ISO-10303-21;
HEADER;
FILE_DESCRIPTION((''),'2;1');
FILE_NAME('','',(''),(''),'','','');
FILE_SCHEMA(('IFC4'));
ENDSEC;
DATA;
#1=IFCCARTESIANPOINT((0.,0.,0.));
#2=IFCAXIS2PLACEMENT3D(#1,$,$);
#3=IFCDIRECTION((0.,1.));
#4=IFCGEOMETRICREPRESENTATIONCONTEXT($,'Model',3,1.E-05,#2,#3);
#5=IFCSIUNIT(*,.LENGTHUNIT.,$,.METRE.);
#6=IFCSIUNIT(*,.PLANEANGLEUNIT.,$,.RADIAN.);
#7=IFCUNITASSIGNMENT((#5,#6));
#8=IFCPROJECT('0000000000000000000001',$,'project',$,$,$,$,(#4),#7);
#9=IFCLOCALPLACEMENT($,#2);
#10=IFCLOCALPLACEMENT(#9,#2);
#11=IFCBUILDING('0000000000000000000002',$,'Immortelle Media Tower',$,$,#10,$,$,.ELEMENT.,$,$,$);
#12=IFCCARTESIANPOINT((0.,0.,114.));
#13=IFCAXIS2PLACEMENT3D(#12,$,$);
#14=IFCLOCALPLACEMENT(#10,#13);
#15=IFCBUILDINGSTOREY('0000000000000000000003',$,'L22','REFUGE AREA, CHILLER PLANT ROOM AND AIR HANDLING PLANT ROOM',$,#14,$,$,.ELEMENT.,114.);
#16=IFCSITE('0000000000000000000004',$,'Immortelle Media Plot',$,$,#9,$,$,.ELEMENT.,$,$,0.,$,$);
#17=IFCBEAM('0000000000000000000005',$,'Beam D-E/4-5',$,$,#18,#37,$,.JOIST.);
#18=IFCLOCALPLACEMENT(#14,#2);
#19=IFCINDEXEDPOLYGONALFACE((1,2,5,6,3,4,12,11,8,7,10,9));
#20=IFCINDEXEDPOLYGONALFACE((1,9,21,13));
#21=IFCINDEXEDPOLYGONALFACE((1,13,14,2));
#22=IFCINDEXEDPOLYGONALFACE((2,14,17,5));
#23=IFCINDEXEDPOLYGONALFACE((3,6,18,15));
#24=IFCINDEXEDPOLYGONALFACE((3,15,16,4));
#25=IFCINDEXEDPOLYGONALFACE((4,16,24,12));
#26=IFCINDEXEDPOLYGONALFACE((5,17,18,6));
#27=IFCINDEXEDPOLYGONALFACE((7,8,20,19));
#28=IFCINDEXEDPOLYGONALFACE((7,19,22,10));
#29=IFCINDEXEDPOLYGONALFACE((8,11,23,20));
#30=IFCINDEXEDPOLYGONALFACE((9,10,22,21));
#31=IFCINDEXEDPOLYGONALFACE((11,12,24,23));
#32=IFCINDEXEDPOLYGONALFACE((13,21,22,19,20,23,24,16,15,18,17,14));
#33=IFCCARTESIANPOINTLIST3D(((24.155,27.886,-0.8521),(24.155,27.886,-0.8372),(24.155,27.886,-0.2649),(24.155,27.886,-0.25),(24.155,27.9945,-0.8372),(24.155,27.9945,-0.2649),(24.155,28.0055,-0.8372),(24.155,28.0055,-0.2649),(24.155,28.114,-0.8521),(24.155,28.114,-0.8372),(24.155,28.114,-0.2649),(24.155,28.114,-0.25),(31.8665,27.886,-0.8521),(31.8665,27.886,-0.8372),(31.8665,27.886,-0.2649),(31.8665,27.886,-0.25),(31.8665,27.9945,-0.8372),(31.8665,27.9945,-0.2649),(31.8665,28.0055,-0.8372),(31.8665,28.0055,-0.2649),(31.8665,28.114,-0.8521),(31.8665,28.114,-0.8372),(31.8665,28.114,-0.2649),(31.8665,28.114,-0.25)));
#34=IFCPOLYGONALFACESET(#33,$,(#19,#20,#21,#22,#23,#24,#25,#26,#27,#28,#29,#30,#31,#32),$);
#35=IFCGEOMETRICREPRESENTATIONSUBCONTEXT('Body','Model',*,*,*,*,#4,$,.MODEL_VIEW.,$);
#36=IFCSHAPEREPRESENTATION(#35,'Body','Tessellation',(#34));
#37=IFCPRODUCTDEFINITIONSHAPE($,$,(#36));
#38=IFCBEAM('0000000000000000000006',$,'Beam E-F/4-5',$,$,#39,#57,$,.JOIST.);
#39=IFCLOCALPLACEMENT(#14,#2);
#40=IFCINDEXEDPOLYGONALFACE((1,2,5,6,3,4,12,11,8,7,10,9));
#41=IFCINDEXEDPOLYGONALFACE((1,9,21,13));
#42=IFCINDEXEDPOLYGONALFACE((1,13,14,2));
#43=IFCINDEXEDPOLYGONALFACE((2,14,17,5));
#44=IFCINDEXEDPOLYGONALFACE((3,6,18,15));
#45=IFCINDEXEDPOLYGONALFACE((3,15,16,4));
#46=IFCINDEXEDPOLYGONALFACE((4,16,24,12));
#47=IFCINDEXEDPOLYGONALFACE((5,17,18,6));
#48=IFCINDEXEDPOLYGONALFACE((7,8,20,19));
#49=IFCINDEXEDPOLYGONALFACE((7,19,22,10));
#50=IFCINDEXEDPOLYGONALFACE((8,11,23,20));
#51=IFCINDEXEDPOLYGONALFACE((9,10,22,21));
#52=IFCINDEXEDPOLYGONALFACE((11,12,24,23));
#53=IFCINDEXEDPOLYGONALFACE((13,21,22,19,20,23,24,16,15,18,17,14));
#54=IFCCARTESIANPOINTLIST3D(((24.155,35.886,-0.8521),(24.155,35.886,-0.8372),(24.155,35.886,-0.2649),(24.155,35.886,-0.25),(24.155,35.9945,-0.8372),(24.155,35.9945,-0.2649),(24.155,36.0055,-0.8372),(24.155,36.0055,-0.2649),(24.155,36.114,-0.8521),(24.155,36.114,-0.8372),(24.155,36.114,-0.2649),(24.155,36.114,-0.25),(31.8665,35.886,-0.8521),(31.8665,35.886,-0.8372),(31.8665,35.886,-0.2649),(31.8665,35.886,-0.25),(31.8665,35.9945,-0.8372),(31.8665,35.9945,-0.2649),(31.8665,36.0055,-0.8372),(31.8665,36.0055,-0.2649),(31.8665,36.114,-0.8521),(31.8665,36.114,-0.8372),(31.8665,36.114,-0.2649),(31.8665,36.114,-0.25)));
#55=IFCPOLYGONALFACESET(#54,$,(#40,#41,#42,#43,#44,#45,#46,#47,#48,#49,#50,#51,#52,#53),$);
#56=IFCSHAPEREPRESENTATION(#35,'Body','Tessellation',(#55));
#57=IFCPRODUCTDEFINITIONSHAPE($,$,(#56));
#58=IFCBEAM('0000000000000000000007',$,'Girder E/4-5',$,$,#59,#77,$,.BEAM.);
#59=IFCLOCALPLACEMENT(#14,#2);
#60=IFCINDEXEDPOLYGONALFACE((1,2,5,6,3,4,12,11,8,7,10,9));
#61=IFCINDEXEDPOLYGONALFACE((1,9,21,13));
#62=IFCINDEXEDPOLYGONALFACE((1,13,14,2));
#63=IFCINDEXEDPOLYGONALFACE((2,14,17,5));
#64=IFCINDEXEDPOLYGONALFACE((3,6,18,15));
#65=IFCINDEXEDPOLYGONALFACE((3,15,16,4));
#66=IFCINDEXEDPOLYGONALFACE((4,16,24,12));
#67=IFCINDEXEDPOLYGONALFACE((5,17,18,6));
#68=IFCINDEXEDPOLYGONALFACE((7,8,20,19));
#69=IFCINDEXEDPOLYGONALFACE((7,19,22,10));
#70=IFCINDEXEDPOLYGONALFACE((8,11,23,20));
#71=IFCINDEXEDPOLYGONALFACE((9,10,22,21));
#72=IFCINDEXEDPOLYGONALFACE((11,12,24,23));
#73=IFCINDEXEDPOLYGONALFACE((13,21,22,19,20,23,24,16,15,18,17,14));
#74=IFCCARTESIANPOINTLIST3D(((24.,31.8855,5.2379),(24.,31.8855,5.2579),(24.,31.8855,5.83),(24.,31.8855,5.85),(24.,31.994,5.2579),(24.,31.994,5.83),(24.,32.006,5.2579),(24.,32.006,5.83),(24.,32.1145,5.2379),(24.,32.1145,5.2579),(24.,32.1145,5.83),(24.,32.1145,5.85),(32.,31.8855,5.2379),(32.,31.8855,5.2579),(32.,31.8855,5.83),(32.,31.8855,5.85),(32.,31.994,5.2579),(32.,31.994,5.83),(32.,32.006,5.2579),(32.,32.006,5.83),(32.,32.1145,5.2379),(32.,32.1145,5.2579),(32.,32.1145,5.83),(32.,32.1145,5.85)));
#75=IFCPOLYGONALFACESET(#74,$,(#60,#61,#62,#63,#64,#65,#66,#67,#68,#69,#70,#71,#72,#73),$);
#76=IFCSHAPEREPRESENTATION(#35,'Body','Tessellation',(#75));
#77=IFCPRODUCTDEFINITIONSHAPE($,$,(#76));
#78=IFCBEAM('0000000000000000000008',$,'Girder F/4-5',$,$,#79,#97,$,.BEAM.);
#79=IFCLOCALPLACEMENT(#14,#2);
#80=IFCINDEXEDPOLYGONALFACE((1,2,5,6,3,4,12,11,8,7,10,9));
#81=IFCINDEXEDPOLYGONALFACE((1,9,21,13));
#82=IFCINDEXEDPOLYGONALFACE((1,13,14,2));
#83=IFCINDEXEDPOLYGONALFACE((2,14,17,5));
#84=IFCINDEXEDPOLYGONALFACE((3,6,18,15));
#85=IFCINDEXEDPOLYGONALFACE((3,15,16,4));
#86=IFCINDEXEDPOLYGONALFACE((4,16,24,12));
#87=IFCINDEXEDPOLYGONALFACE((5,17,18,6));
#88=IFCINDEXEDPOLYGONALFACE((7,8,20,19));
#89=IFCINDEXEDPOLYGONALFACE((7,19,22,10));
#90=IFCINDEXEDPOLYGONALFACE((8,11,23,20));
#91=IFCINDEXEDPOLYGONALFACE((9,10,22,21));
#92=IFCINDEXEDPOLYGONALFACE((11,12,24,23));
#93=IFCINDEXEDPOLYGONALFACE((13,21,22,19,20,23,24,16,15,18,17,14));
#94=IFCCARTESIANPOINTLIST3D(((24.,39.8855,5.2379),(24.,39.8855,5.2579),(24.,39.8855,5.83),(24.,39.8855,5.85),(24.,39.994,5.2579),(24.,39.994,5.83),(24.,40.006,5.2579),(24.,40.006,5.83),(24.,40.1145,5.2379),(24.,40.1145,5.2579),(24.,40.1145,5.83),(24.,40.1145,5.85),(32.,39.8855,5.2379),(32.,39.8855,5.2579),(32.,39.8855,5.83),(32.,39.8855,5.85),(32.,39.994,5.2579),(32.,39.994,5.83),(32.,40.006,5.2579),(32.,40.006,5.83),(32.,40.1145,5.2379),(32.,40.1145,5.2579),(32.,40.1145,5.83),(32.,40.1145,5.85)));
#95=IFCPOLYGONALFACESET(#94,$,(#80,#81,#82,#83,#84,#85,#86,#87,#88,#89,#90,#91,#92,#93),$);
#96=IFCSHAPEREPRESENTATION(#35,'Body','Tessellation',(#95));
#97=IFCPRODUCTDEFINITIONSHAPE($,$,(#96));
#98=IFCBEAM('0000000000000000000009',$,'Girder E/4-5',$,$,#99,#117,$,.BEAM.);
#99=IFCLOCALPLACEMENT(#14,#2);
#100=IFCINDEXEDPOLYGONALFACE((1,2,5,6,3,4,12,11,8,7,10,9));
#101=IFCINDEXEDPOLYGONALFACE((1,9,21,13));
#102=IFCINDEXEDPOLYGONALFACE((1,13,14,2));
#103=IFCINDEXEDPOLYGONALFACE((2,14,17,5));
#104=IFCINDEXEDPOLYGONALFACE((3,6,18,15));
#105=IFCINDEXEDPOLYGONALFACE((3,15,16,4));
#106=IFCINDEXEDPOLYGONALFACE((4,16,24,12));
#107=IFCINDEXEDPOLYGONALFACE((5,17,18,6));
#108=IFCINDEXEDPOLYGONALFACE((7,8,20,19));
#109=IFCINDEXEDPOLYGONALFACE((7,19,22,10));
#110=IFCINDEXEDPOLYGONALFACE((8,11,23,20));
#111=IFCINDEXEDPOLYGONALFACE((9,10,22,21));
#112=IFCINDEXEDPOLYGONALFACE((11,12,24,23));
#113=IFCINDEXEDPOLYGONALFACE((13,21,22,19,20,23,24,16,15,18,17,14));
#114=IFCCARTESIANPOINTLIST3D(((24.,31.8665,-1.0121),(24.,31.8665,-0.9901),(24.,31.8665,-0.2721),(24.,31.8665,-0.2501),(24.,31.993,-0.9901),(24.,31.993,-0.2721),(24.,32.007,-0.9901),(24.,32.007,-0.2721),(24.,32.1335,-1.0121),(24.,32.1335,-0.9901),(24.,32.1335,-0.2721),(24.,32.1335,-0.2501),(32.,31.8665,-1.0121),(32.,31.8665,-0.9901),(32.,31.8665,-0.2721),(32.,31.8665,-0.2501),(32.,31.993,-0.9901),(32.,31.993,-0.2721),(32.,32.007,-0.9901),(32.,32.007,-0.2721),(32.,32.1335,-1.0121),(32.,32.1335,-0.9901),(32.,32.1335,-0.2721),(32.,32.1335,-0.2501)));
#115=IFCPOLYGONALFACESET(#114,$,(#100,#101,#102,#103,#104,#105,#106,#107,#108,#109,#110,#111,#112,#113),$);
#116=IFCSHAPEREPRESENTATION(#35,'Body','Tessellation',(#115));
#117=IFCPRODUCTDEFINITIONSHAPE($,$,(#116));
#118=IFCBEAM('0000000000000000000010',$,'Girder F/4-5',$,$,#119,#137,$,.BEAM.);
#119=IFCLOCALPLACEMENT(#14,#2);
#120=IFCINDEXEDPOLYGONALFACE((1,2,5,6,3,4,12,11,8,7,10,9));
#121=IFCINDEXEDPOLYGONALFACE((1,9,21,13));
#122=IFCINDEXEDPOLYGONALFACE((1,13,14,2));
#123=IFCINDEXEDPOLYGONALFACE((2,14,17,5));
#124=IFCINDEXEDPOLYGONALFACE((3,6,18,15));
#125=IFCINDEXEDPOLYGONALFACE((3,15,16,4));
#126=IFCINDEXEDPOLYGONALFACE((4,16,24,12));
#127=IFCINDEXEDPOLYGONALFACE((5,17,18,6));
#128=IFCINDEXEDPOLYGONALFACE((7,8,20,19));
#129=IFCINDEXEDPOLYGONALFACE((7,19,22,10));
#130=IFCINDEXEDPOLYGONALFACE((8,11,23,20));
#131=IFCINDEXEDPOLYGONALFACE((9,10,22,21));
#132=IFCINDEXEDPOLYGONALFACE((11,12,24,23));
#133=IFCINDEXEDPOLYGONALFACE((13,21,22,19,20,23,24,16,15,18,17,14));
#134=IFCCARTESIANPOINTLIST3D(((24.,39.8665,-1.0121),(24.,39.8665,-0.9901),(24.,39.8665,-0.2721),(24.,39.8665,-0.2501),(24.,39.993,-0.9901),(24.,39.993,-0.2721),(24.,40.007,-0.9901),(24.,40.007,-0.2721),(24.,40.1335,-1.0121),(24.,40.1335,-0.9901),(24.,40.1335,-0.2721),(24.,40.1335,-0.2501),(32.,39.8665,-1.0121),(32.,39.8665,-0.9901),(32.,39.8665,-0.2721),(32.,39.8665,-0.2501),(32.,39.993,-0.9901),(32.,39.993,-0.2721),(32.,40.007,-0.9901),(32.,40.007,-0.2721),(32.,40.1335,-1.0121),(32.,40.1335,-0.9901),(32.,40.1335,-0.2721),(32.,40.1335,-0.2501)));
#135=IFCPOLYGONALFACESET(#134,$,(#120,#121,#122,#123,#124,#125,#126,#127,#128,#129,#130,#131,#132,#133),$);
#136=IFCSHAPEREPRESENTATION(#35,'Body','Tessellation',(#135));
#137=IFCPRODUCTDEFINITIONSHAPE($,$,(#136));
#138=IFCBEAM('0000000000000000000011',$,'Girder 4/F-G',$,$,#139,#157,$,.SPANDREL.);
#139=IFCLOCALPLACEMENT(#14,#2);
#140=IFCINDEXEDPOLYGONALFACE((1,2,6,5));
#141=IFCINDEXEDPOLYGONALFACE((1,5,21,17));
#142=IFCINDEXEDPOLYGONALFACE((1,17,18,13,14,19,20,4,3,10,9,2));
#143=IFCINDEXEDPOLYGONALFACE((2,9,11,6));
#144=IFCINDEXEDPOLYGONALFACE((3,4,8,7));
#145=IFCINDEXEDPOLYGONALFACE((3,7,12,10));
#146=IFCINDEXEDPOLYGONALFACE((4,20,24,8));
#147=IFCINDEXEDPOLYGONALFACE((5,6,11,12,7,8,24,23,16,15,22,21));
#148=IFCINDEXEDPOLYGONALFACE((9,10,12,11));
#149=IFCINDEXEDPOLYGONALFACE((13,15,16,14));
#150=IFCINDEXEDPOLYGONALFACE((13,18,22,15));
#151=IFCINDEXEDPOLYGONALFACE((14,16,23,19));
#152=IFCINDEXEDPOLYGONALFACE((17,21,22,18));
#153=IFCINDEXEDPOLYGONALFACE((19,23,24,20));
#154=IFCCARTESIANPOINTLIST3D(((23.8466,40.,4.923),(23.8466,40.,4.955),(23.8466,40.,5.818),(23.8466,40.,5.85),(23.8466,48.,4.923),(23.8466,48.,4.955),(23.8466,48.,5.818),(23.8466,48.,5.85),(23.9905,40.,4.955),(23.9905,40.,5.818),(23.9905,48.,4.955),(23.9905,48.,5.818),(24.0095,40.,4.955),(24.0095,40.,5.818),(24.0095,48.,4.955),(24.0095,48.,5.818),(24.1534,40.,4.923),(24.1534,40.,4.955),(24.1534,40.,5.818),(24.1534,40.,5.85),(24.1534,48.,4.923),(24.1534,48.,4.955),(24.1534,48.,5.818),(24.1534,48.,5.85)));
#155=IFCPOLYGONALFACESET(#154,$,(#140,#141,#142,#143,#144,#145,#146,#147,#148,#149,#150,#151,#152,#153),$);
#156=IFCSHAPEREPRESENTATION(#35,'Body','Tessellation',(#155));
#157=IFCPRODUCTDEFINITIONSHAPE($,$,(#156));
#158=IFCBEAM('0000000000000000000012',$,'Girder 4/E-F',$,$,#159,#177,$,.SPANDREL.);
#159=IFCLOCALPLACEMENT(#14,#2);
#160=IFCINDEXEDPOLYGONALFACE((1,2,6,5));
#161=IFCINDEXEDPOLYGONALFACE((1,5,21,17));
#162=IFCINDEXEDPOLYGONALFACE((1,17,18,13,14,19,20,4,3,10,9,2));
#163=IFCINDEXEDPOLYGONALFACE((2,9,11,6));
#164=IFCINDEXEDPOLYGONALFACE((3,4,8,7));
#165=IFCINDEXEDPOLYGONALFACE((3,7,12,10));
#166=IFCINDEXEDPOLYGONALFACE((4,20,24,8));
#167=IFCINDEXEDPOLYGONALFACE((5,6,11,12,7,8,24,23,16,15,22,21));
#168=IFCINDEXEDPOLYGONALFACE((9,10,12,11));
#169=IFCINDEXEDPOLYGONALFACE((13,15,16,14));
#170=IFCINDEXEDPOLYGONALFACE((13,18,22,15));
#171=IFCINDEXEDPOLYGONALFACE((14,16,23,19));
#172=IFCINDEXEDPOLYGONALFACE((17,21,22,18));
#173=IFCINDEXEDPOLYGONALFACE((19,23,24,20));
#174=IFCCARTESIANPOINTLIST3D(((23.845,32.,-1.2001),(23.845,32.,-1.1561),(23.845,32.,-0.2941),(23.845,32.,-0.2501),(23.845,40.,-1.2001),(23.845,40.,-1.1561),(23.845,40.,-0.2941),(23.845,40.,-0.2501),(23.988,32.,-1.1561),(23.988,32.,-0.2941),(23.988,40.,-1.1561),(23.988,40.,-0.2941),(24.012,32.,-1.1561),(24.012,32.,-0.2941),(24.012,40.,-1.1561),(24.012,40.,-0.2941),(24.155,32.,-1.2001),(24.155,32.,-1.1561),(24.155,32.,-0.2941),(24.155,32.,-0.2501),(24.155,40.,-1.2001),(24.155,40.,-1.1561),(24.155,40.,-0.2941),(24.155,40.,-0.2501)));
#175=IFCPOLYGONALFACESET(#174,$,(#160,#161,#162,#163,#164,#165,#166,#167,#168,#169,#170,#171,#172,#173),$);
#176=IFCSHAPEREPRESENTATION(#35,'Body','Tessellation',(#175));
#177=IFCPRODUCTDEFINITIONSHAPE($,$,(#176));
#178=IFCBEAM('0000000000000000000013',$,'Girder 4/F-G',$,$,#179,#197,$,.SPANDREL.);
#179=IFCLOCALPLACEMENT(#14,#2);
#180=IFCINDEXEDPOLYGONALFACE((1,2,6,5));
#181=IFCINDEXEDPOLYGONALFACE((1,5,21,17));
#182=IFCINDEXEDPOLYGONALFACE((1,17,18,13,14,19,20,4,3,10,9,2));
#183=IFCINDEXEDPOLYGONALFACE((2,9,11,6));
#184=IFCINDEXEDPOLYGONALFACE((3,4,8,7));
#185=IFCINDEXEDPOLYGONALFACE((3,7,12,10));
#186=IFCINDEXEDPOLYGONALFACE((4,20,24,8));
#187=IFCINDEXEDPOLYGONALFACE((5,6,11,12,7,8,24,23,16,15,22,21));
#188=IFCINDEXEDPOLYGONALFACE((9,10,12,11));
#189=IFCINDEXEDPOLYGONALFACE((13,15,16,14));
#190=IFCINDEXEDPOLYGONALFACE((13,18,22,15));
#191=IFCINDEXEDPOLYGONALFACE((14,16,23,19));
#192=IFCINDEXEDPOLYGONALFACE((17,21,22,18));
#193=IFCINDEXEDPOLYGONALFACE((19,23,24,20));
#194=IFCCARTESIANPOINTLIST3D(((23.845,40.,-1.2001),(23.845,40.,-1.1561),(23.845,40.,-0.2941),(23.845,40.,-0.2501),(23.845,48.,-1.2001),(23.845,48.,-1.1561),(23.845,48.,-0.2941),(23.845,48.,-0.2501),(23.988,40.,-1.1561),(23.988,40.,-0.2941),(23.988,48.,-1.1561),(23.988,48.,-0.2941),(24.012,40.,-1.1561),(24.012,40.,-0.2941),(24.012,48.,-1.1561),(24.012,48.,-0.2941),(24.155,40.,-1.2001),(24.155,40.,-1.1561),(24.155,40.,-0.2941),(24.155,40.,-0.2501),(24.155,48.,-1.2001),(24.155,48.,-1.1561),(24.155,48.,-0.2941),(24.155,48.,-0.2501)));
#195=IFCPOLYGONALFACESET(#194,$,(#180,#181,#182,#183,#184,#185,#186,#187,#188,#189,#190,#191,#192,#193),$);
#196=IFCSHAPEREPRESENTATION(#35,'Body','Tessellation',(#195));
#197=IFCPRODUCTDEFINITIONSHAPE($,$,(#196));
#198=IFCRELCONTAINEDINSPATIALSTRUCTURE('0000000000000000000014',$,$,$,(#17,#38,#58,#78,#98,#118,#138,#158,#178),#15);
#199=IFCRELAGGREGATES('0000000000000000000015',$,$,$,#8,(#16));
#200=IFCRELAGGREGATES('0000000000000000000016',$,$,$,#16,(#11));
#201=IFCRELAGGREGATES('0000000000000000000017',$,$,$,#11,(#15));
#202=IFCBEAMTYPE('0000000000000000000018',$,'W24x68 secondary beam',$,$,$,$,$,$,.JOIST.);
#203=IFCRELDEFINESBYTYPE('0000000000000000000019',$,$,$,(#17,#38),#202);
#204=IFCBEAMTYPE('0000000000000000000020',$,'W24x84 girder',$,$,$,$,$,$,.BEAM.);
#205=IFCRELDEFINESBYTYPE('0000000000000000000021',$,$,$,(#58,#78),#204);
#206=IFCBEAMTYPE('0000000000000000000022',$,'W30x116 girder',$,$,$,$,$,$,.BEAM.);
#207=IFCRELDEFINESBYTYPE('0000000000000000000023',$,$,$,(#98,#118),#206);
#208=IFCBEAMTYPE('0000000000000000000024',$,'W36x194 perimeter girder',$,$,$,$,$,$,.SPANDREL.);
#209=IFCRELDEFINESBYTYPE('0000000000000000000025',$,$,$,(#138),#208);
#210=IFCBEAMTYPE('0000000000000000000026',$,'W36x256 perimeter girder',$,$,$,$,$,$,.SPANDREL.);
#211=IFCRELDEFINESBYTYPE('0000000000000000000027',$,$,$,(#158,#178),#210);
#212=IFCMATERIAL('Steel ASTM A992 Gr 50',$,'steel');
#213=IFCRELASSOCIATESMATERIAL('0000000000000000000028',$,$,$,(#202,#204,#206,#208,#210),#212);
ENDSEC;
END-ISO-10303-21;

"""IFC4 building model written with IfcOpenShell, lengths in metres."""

from ifc_helpers import new_model, si_unit, direction, frame, origin, origin_2d, place, context, subcontext, project, spatial, i_section, extrude, material, material_profile, profile_set, type_object, element, save


model = new_model("IFC4")

# Units and contexts
model_context = context("Model", 3, precision=1e-05, world=origin(), true_north=direction((0.0, 1.0)))
body_context = subcontext(model_context, "Body", "Model", "MODEL_VIEW")
ifc_project = project(units=[si_unit("LENGTHUNIT", "METRE"), si_unit("PLANEANGLEUNIT", "RADIAN")], contexts=[model_context])

# Site, building, storey
site_placement = place(None, origin())
site = spatial("IfcSite", under=ifc_project, at=site_placement, Name="Immortelle Media Plot", CompositionType="ELEMENT", RefElevation=0.0)
building_placement = place(site_placement, origin())
building = spatial("IfcBuilding", under=site, at=building_placement, Name="Immortelle Media Tower", CompositionType="ELEMENT")
storey_placement = place(building_placement, frame((0.0, 0.0, 114.0)))
storey = spatial("IfcBuildingStorey", under=building, at=storey_placement, Name="L22", Description="REFUGE AREA, CHILLER PLANT ROOM AND AIR HANDLING PLANT ROOM", CompositionType="ELEMENT", Elevation=114.0)

# Shared definitions
ifc_material_1 = material(Name="Steel ASTM A992 Gr 50", Category="steel")

# Beams
ifc_material_profile_1 = material_profile(ifc_material_1, i_section(OverallWidth=0.228, OverallDepth=0.6021, WebThickness=0.011, FlangeThickness=0.0149, at=origin_2d()), Name="W24x68")
ifc_profile_set_1 = profile_set([ifc_material_profile_1], Name="Steel ASTM A992 Gr 50")
beam_type_1 = type_object("IfcBeamType", Name="W24x68 secondary beam", PredefinedType="JOIST", material=ifc_profile_set_1)
for number, where, z_axis, x_axis, name in (
    (1, (24.155, 28.0, -0.551), (1.0, 0.0, 0.0), (0.0, 1.0, 0.0), "Beam D-E/4-5"),
    (2, (24.155, 36.0, -0.551), (1.0, 0.0, 0.0), (0.0, 1.0, 0.0), "Beam E-F/4-5"),
):
    element("IfcBeam", number, at=place(storey_placement, frame(where, z_axis=z_axis, x_axis=x_axis)), inside=storey, type_object=beam_type_1, Name=name, PredefinedType="JOIST", context=body_context, shape_type="SweptSolid", body=[
        extrude(i_section(OverallWidth=0.228, OverallDepth=0.6021, WebThickness=0.011, FlangeThickness=0.0149, at=origin_2d()), origin(), (0.0, 0.0, 1.0), 7.7114),
    ])
ifc_material_profile_2 = material_profile(ifc_material_1, i_section(OverallWidth=0.229, OverallDepth=0.6121, WebThickness=0.012, FlangeThickness=0.02, at=origin_2d()), Name="W24x84")
ifc_profile_set_2 = profile_set([ifc_material_profile_2], Name="Steel ASTM A992 Gr 50")
beam_type_2 = type_object("IfcBeamType", Name="W24x84 girder", PredefinedType="BEAM", material=ifc_profile_set_2)
for number, where, z_axis, x_axis, name in (
    (3, (24.0, 32.0, 5.5439), (1.0, 0.0, 0.0), (0.0, 1.0, 0.0), "Girder E/4-5"),
    (4, (24.0, 40.0, 5.5439), (1.0, 0.0, 0.0), (0.0, 1.0, 0.0), "Girder F/4-5"),
):
    element("IfcBeam", number, at=place(storey_placement, frame(where, z_axis=z_axis, x_axis=x_axis)), inside=storey, type_object=beam_type_2, Name=name, PredefinedType="BEAM", context=body_context, shape_type="SweptSolid", body=[
        extrude(i_section(OverallWidth=0.229, OverallDepth=0.6121, WebThickness=0.012, FlangeThickness=0.02, at=origin_2d()), origin(), (0.0, 0.0, 1.0), 8.0),
    ])
ifc_material_profile_3 = material_profile(ifc_material_1, i_section(OverallWidth=0.2671, OverallDepth=0.762, WebThickness=0.0139, FlangeThickness=0.022, at=origin_2d()), Name="W30x116")
ifc_profile_set_3 = profile_set([ifc_material_profile_3], Name="Steel ASTM A992 Gr 50")
beam_type_3 = type_object("IfcBeamType", Name="W30x116 girder", PredefinedType="BEAM", material=ifc_profile_set_3)
for number, where, z_axis, x_axis, name in (
    (5, (24.0, 32.0, -0.6311), (1.0, 0.0, 0.0), (0.0, 1.0, 0.0), "Girder E/4-5"),
    (6, (24.0, 40.0, -0.6311), (1.0, 0.0, 0.0), (0.0, 1.0, 0.0), "Girder F/4-5"),
):
    element("IfcBeam", number, at=place(storey_placement, frame(where, z_axis=z_axis, x_axis=x_axis)), inside=storey, type_object=beam_type_3, Name=name, PredefinedType="BEAM", context=body_context, shape_type="SweptSolid", body=[
        extrude(i_section(OverallWidth=0.2671, OverallDepth=0.762, WebThickness=0.0139, FlangeThickness=0.022, at=origin_2d()), origin(), (0.0, 0.0, 1.0), 8.0),
    ])
ifc_material_profile_4 = material_profile(ifc_material_1, i_section(OverallWidth=0.3069, OverallDepth=0.927, WebThickness=0.019, FlangeThickness=0.032, at=origin_2d()), Name="W36x194")
ifc_profile_set_4 = profile_set([ifc_material_profile_4], Name="Steel ASTM A992 Gr 50")
beam_type_4 = type_object("IfcBeamType", Name="W36x194 perimeter girder", PredefinedType="SPANDREL", material=ifc_profile_set_4)
beam_placement = place(storey_placement, frame((24.0, 40.0, 5.3865), z_axis=(0.0, 1.0, 0.0), x_axis=(-1.0, 0.0, 0.0)))
element("IfcBeam", 7, at=beam_placement, inside=storey, type_object=beam_type_4, Name="Girder 4/F-G", PredefinedType="SPANDREL", context=body_context, shape_type="SweptSolid", body=[
    extrude(i_section(OverallWidth=0.3069, OverallDepth=0.927, WebThickness=0.019, FlangeThickness=0.032, at=origin_2d()), origin(), (0.0, 0.0, 1.0), 8.0),
])
ifc_material_profile_5 = material_profile(ifc_material_1, i_section(OverallWidth=0.3101, OverallDepth=0.95, WebThickness=0.0239, FlangeThickness=0.0439, at=origin_2d()), Name="W36x256")
ifc_profile_set_5 = profile_set([ifc_material_profile_5], Name="Steel ASTM A992 Gr 50")
beam_type_5 = type_object("IfcBeamType", Name="W36x256 perimeter girder", PredefinedType="SPANDREL", material=ifc_profile_set_5)
for number, where, z_axis, x_axis, name in (
    (8, (24.0, 32.0, -0.7251), (0.0, 1.0, 0.0), (-1.0, 0.0, 0.0), "Girder 4/E-F"),
    (9, (24.0, 40.0, -0.7251), (0.0, 1.0, 0.0), (-1.0, 0.0, 0.0), "Girder 4/F-G"),
):
    element("IfcBeam", number, at=place(storey_placement, frame(where, z_axis=z_axis, x_axis=x_axis)), inside=storey, type_object=beam_type_5, Name=name, PredefinedType="SPANDREL", context=body_context, shape_type="SweptSolid", body=[
        extrude(i_section(OverallWidth=0.3101, OverallDepth=0.95, WebThickness=0.0239, FlangeThickness=0.0439, at=origin_2d()), origin(), (0.0, 0.0, 1.0), 8.0),
    ])

save(model, "model.ifc")
